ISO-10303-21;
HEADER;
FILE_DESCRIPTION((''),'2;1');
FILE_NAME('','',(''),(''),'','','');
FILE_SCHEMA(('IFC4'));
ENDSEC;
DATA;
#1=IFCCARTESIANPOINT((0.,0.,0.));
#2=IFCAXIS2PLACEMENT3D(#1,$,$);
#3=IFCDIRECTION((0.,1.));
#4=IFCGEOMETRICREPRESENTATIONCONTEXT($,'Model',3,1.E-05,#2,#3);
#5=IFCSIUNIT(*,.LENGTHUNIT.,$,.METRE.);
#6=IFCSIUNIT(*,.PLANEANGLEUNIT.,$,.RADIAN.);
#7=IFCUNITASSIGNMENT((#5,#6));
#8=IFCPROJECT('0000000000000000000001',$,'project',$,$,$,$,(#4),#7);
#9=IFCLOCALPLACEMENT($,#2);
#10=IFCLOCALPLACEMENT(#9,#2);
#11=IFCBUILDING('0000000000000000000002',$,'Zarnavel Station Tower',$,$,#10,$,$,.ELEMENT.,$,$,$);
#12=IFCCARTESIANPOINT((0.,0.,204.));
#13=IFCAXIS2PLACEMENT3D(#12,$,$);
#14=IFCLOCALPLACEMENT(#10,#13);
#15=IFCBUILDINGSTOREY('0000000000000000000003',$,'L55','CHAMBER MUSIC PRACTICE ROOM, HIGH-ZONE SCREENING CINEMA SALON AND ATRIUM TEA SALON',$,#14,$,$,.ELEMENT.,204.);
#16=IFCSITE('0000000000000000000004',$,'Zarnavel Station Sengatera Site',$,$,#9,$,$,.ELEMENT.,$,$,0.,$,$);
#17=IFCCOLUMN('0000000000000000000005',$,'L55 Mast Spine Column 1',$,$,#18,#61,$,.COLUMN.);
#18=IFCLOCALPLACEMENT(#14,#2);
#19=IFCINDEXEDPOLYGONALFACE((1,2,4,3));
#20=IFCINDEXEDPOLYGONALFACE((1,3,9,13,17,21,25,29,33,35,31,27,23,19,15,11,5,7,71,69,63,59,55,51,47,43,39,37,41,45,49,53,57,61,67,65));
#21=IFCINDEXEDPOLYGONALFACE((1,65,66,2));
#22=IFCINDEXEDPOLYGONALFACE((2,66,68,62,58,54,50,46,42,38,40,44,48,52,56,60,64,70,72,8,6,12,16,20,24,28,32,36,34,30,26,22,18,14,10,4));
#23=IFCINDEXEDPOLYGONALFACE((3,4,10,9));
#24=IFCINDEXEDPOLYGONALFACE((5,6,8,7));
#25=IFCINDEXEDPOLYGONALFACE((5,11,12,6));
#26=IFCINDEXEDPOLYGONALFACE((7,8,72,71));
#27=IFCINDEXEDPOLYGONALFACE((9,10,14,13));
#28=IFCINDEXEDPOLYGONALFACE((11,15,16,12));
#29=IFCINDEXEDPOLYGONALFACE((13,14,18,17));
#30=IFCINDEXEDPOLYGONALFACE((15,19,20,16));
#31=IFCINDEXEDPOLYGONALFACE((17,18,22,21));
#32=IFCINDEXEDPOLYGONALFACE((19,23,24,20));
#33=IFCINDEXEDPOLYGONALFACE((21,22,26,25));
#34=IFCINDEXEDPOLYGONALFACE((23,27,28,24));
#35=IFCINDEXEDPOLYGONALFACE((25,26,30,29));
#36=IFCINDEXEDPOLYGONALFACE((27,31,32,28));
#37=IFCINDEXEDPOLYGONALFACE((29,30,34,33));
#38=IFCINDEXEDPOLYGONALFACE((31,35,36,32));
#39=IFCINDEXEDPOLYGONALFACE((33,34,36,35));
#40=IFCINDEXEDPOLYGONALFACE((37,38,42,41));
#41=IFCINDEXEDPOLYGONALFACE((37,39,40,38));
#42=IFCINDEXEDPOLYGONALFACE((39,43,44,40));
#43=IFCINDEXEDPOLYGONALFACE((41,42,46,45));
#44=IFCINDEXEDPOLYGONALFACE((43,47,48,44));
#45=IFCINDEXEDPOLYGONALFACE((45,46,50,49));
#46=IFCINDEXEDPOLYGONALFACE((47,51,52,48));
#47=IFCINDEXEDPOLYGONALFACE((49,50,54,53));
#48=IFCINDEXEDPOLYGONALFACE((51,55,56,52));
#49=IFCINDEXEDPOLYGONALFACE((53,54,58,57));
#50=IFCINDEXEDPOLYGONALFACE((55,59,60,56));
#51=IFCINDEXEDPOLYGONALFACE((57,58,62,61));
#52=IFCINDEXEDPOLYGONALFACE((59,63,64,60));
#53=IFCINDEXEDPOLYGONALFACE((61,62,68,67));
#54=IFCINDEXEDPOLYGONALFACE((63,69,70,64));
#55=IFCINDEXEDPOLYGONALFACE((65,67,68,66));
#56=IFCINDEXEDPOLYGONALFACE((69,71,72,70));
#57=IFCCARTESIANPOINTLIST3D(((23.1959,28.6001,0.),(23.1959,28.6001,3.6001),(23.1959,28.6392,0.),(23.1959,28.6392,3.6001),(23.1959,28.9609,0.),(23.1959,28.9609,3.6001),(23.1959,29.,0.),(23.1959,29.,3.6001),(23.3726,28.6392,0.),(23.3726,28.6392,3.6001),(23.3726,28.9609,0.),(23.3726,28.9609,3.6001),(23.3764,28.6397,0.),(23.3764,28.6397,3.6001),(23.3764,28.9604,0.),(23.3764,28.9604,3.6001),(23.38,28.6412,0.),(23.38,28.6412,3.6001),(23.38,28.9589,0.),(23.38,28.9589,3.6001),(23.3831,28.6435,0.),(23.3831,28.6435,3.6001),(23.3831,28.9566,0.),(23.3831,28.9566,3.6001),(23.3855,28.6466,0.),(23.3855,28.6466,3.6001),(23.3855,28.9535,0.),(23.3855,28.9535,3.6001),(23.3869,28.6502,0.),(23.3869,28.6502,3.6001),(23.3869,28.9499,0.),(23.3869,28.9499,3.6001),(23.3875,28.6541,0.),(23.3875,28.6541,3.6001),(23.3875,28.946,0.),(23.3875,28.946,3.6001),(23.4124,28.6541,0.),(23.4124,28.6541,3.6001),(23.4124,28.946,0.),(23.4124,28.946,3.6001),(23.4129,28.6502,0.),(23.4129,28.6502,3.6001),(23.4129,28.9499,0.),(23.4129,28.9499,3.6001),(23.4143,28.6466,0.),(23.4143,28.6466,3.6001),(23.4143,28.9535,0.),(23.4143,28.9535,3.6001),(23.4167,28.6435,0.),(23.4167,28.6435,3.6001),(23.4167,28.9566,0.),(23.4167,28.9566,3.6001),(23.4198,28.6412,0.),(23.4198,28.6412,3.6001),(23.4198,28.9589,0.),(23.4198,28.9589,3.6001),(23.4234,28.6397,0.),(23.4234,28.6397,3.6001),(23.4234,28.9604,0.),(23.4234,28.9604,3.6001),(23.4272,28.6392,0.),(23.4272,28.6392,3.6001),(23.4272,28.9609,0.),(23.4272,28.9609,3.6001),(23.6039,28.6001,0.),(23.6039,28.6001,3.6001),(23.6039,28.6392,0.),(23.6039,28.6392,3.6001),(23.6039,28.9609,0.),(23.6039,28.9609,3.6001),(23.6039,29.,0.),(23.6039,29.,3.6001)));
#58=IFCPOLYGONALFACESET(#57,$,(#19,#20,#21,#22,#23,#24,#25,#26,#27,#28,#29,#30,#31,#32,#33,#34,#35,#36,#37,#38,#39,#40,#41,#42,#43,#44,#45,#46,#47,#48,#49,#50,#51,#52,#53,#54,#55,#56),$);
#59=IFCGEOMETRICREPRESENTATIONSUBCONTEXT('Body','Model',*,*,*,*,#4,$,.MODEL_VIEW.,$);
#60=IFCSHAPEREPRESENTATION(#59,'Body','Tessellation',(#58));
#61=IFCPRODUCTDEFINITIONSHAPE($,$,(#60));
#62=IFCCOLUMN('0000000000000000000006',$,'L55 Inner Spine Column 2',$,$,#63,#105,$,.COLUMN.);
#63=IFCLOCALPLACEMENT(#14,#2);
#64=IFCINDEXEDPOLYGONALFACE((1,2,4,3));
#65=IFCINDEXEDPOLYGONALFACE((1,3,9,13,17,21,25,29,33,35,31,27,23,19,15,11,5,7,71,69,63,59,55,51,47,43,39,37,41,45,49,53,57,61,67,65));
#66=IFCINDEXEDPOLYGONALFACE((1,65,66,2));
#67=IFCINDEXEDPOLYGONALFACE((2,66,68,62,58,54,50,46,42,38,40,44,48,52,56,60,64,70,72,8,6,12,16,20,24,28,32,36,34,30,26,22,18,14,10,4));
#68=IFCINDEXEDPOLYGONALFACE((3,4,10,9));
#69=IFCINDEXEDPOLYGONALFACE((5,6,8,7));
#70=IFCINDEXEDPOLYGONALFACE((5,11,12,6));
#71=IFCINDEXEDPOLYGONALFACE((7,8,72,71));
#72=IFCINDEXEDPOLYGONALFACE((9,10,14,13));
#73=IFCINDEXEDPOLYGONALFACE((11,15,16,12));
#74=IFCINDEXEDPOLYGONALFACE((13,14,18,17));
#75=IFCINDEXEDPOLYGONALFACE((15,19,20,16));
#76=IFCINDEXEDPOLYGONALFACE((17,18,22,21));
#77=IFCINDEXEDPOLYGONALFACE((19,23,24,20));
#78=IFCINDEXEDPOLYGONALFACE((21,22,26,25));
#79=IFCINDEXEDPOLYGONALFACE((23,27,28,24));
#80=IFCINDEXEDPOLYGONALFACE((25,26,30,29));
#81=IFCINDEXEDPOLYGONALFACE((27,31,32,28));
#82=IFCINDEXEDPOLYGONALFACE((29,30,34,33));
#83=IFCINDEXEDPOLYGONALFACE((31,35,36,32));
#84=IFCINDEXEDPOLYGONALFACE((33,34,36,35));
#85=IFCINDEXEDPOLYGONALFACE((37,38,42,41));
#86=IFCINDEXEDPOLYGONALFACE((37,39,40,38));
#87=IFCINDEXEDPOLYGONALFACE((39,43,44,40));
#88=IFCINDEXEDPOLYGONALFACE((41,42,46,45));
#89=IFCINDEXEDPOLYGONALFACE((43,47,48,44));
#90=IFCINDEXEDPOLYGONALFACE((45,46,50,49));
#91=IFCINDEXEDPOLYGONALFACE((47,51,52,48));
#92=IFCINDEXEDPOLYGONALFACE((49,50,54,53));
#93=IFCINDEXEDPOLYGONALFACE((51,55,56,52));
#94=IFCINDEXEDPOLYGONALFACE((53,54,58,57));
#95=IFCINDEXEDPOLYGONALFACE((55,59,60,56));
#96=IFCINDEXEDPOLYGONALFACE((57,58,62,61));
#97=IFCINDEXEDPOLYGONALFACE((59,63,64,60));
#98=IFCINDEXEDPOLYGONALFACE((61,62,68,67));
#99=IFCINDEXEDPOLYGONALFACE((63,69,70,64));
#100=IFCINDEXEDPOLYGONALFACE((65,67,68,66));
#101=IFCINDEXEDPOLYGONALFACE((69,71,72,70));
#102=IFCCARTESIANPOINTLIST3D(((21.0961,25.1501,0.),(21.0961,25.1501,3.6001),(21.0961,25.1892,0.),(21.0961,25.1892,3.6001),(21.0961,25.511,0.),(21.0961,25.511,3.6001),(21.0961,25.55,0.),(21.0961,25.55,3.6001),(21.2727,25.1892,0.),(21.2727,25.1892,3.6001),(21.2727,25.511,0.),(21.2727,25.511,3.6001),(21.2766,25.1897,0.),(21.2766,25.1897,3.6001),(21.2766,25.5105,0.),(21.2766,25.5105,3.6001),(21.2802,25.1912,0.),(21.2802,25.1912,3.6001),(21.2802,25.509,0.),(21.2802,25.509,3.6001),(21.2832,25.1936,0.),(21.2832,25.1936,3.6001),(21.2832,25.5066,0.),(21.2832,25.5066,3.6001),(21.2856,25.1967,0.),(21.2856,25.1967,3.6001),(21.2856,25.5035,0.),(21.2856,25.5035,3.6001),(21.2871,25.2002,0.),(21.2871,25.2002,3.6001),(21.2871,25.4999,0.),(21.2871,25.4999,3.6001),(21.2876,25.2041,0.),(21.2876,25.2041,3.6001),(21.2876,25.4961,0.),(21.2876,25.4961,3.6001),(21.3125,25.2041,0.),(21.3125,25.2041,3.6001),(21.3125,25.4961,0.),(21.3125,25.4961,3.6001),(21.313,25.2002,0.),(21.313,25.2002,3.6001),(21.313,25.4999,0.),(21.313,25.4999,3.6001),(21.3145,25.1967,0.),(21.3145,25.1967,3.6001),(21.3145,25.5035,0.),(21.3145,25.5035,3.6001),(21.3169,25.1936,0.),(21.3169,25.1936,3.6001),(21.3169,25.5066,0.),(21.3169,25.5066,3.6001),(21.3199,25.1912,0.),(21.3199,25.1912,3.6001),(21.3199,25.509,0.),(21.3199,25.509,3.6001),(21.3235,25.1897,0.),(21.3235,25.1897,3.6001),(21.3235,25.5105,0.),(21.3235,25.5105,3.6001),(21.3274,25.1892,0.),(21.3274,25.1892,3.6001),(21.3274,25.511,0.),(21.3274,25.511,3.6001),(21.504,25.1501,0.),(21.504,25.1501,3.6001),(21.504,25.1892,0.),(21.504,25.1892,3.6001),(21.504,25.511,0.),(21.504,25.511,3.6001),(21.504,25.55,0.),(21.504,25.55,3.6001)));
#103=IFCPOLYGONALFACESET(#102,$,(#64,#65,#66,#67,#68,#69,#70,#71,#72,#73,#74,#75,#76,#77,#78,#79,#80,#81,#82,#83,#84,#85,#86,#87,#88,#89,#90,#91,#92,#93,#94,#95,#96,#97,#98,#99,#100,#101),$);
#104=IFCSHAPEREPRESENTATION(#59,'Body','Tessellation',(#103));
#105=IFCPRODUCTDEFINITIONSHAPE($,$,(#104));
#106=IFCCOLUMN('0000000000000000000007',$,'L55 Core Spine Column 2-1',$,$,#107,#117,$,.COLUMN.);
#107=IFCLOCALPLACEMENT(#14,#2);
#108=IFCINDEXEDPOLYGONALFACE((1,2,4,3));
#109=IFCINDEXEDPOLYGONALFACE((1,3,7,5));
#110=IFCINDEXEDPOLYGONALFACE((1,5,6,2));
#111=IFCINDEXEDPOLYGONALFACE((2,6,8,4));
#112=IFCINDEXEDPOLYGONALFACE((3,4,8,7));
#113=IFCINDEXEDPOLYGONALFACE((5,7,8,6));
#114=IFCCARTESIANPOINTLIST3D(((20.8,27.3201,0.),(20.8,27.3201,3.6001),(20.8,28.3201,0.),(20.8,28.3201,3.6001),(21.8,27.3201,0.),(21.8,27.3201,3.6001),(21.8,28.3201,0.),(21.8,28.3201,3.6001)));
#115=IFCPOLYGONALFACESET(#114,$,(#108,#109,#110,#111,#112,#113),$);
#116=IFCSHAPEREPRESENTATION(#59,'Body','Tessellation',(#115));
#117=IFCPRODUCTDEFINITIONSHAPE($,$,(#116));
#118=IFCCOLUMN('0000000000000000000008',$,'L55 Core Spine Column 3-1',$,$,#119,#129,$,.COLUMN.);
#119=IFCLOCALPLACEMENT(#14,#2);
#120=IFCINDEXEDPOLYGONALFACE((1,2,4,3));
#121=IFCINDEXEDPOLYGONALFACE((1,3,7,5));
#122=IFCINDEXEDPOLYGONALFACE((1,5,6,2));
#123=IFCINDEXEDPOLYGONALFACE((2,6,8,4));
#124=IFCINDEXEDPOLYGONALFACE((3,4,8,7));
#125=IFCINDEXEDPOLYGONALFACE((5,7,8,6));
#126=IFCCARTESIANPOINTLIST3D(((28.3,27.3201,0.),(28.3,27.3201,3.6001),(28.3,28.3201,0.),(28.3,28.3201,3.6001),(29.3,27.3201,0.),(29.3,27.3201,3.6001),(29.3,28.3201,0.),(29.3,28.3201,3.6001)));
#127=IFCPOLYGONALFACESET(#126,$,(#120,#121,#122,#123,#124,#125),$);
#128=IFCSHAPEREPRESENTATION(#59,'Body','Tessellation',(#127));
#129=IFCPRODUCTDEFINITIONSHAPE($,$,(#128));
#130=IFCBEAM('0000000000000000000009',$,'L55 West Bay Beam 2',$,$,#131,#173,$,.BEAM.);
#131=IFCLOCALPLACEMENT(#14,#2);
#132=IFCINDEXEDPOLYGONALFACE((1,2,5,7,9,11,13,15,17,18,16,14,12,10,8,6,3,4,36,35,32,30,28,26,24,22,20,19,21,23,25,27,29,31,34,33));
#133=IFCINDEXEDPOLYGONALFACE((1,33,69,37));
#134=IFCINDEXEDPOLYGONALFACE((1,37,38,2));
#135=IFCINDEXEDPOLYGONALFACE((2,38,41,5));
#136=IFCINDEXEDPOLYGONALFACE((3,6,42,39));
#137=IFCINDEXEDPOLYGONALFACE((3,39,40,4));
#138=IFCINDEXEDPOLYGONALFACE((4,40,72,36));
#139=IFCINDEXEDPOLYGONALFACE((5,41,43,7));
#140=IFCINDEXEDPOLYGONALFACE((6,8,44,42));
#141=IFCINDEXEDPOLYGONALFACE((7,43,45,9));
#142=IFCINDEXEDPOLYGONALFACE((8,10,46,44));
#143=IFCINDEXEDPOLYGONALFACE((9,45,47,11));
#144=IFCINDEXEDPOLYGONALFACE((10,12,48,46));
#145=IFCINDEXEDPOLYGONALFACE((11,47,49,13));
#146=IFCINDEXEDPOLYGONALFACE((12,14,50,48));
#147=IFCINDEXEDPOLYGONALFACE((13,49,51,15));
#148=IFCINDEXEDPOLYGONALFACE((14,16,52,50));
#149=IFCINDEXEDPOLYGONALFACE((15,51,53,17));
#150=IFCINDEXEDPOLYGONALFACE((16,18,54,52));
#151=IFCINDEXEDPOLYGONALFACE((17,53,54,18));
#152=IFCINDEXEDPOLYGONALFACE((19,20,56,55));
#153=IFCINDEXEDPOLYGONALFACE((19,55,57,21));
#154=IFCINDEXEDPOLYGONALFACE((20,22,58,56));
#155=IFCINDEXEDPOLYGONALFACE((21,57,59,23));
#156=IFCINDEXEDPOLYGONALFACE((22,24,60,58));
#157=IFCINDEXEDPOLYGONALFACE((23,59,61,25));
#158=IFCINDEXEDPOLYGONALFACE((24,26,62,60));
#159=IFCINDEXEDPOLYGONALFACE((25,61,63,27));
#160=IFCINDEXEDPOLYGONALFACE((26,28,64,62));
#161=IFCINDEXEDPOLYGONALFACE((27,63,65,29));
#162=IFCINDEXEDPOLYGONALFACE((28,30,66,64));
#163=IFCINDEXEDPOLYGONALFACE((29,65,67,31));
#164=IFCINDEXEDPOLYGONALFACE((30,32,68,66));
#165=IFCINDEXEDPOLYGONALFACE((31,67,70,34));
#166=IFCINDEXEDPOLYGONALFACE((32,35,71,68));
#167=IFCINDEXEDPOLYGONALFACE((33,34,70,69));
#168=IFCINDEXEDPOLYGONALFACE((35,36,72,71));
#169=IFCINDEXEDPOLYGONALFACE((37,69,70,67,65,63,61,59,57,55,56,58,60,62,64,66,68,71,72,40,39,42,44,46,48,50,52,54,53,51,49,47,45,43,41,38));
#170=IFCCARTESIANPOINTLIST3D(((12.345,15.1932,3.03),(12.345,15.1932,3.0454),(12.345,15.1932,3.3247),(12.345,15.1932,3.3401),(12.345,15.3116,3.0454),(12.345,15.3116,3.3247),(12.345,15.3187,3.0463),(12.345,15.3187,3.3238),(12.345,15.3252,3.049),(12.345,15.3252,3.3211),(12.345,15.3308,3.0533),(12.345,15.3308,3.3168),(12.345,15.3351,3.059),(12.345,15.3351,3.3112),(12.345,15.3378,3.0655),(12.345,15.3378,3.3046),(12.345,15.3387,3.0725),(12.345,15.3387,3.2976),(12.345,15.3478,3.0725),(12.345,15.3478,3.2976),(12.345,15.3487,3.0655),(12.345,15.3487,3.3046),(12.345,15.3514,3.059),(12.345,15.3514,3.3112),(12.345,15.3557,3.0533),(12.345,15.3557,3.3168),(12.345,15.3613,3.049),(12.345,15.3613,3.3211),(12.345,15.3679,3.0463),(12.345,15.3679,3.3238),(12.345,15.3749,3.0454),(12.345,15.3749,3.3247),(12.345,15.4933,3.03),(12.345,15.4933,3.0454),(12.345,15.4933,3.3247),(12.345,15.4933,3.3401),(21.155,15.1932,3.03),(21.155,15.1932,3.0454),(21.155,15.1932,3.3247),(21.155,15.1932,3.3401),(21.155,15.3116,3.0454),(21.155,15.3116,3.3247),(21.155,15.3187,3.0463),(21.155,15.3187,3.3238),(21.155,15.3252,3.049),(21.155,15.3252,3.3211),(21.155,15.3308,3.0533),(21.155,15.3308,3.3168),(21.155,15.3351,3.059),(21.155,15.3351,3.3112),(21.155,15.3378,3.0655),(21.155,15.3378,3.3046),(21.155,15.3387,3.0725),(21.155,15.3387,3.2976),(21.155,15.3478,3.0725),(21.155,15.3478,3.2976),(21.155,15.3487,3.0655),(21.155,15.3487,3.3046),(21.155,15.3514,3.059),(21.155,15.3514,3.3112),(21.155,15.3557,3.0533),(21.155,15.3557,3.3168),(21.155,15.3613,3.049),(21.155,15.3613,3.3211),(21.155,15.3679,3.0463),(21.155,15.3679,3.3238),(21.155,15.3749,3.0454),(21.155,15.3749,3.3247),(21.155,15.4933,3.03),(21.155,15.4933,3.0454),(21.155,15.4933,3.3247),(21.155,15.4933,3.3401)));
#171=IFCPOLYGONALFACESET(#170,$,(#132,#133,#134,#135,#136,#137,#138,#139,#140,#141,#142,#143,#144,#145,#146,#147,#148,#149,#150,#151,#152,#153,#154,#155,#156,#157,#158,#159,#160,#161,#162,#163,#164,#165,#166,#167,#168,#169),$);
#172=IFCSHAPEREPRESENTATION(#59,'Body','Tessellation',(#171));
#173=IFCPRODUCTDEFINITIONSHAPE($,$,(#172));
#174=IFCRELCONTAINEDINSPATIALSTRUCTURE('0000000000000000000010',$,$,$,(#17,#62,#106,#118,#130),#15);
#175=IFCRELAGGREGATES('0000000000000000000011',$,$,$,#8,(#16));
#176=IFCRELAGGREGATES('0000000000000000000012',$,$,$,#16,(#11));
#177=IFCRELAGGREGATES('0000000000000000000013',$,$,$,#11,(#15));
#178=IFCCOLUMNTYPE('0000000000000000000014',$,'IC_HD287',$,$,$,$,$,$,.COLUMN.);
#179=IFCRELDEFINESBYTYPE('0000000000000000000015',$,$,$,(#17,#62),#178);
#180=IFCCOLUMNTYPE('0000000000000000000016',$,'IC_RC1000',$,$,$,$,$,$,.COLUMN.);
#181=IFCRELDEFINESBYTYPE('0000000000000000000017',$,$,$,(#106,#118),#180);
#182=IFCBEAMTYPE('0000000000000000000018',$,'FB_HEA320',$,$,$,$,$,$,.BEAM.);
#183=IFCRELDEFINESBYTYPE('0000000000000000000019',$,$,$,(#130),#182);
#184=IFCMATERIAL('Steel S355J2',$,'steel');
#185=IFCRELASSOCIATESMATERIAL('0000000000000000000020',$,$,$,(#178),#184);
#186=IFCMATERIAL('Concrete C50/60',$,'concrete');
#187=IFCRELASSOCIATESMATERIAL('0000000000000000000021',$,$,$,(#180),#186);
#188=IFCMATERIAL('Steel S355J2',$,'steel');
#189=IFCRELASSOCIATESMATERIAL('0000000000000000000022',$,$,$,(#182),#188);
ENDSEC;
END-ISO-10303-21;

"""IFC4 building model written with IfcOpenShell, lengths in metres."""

from ifc_helpers import new_model, si_unit, direction, frame, origin, origin_2d, place, context, subcontext, project, spatial, rectangle, i_section, extrude, material, material_profile, profile_set, type_object, element, save


model = new_model("IFC4")

# Units and contexts
model_context = context("Model", 3, precision=1e-05, world=origin(), true_north=direction((0.0, 1.0)))
body_context = subcontext(model_context, "Body", "Model", "MODEL_VIEW")
ifc_project = project(units=[si_unit("LENGTHUNIT", "METRE"), si_unit("PLANEANGLEUNIT", "RADIAN")], contexts=[model_context])

# Site, building, storey
site_placement = place(None, origin())
site = spatial("IfcSite", under=ifc_project, at=site_placement, Name="Zarnavel Station Sengatera Site", CompositionType="ELEMENT", RefElevation=0.0)
building_placement = place(site_placement, origin())
building = spatial("IfcBuilding", under=site, at=building_placement, Name="Zarnavel Station Tower", CompositionType="ELEMENT")
storey_placement = place(building_placement, frame((0.0, 0.0, 204.0)))
storey = spatial("IfcBuildingStorey", under=building, at=storey_placement, Name="L55", Description="CHAMBER MUSIC PRACTICE ROOM, HIGH-ZONE SCREENING CINEMA SALON AND ATRIUM TEA SALON", CompositionType="ELEMENT", Elevation=204.0)

# Columns
ifc_material_1 = material(Name="Steel S355J2", Category="steel")
ifc_material_profile_1 = material_profile(ifc_material_1, i_section(OverallWidth=0.408, OverallDepth=0.3999, WebThickness=0.0249, FlangeThickness=0.0391, FilletRadius=0.0149, at=origin_2d()), Name="HD400x287")
ifc_profile_set_1 = profile_set([ifc_material_profile_1], Name="Steel S355J2")
column_type_1 = type_object("IfcColumnType", Name="IC_HD287", PredefinedType="COLUMN", material=ifc_profile_set_1)
for number, where, z_axis, x_axis, name in (
    (1, (23.3999, 28.8, 0.0), (0.0, 0.0, 1.0), (1.0, 0.0, 0.0), "L55 Mast Spine Column 1"),
    (2, (21.3, 25.3501, 0.0), (0.0, 0.0, 1.0), (1.0, 0.0, 0.0), "L55 Inner Spine Column 2"),
):
    element("IfcColumn", number, at=place(storey_placement, frame(where, z_axis=z_axis, x_axis=x_axis)), inside=storey, type_object=column_type_1, Name=name, PredefinedType="COLUMN", context=body_context, shape_type="SweptSolid", body=[
        extrude(i_section(OverallWidth=0.408, OverallDepth=0.3999, WebThickness=0.0249, FlangeThickness=0.0391, FilletRadius=0.0149, at=origin_2d()), origin(), (0.0, 0.0, 1.0), 3.6001),
    ])
ifc_material_2 = material(Name="Concrete C50/60", Category="concrete")
ifc_material_profile_2 = material_profile(ifc_material_2, rectangle(XDim=1.0, YDim=1.0, at=origin_2d()), Name="RC1000x1000")
ifc_profile_set_2 = profile_set([ifc_material_profile_2], Name="Concrete C50/60")
column_type_2 = type_object("IfcColumnType", Name="IC_RC1000", PredefinedType="COLUMN", material=ifc_profile_set_2)
for number, where, z_axis, x_axis, name in (
    (3, (21.3, 27.8201, 0.0), (0.0, 0.0, 1.0), (1.0, 0.0, 0.0), "L55 Core Spine Column 2-1"),
    (4, (28.8, 27.8201, 0.0), (0.0, 0.0, 1.0), (1.0, 0.0, 0.0), "L55 Core Spine Column 3-1"),
):
    element("IfcColumn", number, at=place(storey_placement, frame(where, z_axis=z_axis, x_axis=x_axis)), inside=storey, type_object=column_type_2, Name=name, PredefinedType="COLUMN", context=body_context, shape_type="SweptSolid", body=[
        extrude(rectangle(XDim=1.0, YDim=1.0, at=origin_2d()), origin(), (0.0, 0.0, 1.0), 3.6001),
    ])

# Beam
ifc_material_3 = material(Name="Steel S355J2", Category="steel")
ifc_material_profile_3 = material_profile(ifc_material_3, i_section(OverallWidth=0.3, OverallDepth=0.3101, WebThickness=0.009, FlangeThickness=0.0154, FilletRadius=0.0271, at=origin_2d()), Name="HEA320")
ifc_profile_set_3 = profile_set([ifc_material_profile_3], Name="Steel S355J2")
beam_type_1 = type_object("IfcBeamType", Name="FB_HEA320", PredefinedType="BEAM", material=ifc_profile_set_3)
for number, where, z_axis, x_axis, name in (
    (5, (12.345, 15.3433, 3.1851), (1.0, 0.0, 0.0), (0.0, 1.0, 0.0), "L55 West Bay Beam 2"),
):
    element("IfcBeam", number, at=place(storey_placement, frame(where, z_axis=z_axis, x_axis=x_axis)), inside=storey, type_object=beam_type_1, Name=name, PredefinedType="BEAM", context=body_context, shape_type="SweptSolid", body=[
        extrude(i_section(OverallWidth=0.3, OverallDepth=0.3101, WebThickness=0.009, FlangeThickness=0.0154, FilletRadius=0.0271, at=origin_2d()), origin(), (0.0, 0.0, 1.0), 8.8101),
    ])

save(model, "model.ifc")
